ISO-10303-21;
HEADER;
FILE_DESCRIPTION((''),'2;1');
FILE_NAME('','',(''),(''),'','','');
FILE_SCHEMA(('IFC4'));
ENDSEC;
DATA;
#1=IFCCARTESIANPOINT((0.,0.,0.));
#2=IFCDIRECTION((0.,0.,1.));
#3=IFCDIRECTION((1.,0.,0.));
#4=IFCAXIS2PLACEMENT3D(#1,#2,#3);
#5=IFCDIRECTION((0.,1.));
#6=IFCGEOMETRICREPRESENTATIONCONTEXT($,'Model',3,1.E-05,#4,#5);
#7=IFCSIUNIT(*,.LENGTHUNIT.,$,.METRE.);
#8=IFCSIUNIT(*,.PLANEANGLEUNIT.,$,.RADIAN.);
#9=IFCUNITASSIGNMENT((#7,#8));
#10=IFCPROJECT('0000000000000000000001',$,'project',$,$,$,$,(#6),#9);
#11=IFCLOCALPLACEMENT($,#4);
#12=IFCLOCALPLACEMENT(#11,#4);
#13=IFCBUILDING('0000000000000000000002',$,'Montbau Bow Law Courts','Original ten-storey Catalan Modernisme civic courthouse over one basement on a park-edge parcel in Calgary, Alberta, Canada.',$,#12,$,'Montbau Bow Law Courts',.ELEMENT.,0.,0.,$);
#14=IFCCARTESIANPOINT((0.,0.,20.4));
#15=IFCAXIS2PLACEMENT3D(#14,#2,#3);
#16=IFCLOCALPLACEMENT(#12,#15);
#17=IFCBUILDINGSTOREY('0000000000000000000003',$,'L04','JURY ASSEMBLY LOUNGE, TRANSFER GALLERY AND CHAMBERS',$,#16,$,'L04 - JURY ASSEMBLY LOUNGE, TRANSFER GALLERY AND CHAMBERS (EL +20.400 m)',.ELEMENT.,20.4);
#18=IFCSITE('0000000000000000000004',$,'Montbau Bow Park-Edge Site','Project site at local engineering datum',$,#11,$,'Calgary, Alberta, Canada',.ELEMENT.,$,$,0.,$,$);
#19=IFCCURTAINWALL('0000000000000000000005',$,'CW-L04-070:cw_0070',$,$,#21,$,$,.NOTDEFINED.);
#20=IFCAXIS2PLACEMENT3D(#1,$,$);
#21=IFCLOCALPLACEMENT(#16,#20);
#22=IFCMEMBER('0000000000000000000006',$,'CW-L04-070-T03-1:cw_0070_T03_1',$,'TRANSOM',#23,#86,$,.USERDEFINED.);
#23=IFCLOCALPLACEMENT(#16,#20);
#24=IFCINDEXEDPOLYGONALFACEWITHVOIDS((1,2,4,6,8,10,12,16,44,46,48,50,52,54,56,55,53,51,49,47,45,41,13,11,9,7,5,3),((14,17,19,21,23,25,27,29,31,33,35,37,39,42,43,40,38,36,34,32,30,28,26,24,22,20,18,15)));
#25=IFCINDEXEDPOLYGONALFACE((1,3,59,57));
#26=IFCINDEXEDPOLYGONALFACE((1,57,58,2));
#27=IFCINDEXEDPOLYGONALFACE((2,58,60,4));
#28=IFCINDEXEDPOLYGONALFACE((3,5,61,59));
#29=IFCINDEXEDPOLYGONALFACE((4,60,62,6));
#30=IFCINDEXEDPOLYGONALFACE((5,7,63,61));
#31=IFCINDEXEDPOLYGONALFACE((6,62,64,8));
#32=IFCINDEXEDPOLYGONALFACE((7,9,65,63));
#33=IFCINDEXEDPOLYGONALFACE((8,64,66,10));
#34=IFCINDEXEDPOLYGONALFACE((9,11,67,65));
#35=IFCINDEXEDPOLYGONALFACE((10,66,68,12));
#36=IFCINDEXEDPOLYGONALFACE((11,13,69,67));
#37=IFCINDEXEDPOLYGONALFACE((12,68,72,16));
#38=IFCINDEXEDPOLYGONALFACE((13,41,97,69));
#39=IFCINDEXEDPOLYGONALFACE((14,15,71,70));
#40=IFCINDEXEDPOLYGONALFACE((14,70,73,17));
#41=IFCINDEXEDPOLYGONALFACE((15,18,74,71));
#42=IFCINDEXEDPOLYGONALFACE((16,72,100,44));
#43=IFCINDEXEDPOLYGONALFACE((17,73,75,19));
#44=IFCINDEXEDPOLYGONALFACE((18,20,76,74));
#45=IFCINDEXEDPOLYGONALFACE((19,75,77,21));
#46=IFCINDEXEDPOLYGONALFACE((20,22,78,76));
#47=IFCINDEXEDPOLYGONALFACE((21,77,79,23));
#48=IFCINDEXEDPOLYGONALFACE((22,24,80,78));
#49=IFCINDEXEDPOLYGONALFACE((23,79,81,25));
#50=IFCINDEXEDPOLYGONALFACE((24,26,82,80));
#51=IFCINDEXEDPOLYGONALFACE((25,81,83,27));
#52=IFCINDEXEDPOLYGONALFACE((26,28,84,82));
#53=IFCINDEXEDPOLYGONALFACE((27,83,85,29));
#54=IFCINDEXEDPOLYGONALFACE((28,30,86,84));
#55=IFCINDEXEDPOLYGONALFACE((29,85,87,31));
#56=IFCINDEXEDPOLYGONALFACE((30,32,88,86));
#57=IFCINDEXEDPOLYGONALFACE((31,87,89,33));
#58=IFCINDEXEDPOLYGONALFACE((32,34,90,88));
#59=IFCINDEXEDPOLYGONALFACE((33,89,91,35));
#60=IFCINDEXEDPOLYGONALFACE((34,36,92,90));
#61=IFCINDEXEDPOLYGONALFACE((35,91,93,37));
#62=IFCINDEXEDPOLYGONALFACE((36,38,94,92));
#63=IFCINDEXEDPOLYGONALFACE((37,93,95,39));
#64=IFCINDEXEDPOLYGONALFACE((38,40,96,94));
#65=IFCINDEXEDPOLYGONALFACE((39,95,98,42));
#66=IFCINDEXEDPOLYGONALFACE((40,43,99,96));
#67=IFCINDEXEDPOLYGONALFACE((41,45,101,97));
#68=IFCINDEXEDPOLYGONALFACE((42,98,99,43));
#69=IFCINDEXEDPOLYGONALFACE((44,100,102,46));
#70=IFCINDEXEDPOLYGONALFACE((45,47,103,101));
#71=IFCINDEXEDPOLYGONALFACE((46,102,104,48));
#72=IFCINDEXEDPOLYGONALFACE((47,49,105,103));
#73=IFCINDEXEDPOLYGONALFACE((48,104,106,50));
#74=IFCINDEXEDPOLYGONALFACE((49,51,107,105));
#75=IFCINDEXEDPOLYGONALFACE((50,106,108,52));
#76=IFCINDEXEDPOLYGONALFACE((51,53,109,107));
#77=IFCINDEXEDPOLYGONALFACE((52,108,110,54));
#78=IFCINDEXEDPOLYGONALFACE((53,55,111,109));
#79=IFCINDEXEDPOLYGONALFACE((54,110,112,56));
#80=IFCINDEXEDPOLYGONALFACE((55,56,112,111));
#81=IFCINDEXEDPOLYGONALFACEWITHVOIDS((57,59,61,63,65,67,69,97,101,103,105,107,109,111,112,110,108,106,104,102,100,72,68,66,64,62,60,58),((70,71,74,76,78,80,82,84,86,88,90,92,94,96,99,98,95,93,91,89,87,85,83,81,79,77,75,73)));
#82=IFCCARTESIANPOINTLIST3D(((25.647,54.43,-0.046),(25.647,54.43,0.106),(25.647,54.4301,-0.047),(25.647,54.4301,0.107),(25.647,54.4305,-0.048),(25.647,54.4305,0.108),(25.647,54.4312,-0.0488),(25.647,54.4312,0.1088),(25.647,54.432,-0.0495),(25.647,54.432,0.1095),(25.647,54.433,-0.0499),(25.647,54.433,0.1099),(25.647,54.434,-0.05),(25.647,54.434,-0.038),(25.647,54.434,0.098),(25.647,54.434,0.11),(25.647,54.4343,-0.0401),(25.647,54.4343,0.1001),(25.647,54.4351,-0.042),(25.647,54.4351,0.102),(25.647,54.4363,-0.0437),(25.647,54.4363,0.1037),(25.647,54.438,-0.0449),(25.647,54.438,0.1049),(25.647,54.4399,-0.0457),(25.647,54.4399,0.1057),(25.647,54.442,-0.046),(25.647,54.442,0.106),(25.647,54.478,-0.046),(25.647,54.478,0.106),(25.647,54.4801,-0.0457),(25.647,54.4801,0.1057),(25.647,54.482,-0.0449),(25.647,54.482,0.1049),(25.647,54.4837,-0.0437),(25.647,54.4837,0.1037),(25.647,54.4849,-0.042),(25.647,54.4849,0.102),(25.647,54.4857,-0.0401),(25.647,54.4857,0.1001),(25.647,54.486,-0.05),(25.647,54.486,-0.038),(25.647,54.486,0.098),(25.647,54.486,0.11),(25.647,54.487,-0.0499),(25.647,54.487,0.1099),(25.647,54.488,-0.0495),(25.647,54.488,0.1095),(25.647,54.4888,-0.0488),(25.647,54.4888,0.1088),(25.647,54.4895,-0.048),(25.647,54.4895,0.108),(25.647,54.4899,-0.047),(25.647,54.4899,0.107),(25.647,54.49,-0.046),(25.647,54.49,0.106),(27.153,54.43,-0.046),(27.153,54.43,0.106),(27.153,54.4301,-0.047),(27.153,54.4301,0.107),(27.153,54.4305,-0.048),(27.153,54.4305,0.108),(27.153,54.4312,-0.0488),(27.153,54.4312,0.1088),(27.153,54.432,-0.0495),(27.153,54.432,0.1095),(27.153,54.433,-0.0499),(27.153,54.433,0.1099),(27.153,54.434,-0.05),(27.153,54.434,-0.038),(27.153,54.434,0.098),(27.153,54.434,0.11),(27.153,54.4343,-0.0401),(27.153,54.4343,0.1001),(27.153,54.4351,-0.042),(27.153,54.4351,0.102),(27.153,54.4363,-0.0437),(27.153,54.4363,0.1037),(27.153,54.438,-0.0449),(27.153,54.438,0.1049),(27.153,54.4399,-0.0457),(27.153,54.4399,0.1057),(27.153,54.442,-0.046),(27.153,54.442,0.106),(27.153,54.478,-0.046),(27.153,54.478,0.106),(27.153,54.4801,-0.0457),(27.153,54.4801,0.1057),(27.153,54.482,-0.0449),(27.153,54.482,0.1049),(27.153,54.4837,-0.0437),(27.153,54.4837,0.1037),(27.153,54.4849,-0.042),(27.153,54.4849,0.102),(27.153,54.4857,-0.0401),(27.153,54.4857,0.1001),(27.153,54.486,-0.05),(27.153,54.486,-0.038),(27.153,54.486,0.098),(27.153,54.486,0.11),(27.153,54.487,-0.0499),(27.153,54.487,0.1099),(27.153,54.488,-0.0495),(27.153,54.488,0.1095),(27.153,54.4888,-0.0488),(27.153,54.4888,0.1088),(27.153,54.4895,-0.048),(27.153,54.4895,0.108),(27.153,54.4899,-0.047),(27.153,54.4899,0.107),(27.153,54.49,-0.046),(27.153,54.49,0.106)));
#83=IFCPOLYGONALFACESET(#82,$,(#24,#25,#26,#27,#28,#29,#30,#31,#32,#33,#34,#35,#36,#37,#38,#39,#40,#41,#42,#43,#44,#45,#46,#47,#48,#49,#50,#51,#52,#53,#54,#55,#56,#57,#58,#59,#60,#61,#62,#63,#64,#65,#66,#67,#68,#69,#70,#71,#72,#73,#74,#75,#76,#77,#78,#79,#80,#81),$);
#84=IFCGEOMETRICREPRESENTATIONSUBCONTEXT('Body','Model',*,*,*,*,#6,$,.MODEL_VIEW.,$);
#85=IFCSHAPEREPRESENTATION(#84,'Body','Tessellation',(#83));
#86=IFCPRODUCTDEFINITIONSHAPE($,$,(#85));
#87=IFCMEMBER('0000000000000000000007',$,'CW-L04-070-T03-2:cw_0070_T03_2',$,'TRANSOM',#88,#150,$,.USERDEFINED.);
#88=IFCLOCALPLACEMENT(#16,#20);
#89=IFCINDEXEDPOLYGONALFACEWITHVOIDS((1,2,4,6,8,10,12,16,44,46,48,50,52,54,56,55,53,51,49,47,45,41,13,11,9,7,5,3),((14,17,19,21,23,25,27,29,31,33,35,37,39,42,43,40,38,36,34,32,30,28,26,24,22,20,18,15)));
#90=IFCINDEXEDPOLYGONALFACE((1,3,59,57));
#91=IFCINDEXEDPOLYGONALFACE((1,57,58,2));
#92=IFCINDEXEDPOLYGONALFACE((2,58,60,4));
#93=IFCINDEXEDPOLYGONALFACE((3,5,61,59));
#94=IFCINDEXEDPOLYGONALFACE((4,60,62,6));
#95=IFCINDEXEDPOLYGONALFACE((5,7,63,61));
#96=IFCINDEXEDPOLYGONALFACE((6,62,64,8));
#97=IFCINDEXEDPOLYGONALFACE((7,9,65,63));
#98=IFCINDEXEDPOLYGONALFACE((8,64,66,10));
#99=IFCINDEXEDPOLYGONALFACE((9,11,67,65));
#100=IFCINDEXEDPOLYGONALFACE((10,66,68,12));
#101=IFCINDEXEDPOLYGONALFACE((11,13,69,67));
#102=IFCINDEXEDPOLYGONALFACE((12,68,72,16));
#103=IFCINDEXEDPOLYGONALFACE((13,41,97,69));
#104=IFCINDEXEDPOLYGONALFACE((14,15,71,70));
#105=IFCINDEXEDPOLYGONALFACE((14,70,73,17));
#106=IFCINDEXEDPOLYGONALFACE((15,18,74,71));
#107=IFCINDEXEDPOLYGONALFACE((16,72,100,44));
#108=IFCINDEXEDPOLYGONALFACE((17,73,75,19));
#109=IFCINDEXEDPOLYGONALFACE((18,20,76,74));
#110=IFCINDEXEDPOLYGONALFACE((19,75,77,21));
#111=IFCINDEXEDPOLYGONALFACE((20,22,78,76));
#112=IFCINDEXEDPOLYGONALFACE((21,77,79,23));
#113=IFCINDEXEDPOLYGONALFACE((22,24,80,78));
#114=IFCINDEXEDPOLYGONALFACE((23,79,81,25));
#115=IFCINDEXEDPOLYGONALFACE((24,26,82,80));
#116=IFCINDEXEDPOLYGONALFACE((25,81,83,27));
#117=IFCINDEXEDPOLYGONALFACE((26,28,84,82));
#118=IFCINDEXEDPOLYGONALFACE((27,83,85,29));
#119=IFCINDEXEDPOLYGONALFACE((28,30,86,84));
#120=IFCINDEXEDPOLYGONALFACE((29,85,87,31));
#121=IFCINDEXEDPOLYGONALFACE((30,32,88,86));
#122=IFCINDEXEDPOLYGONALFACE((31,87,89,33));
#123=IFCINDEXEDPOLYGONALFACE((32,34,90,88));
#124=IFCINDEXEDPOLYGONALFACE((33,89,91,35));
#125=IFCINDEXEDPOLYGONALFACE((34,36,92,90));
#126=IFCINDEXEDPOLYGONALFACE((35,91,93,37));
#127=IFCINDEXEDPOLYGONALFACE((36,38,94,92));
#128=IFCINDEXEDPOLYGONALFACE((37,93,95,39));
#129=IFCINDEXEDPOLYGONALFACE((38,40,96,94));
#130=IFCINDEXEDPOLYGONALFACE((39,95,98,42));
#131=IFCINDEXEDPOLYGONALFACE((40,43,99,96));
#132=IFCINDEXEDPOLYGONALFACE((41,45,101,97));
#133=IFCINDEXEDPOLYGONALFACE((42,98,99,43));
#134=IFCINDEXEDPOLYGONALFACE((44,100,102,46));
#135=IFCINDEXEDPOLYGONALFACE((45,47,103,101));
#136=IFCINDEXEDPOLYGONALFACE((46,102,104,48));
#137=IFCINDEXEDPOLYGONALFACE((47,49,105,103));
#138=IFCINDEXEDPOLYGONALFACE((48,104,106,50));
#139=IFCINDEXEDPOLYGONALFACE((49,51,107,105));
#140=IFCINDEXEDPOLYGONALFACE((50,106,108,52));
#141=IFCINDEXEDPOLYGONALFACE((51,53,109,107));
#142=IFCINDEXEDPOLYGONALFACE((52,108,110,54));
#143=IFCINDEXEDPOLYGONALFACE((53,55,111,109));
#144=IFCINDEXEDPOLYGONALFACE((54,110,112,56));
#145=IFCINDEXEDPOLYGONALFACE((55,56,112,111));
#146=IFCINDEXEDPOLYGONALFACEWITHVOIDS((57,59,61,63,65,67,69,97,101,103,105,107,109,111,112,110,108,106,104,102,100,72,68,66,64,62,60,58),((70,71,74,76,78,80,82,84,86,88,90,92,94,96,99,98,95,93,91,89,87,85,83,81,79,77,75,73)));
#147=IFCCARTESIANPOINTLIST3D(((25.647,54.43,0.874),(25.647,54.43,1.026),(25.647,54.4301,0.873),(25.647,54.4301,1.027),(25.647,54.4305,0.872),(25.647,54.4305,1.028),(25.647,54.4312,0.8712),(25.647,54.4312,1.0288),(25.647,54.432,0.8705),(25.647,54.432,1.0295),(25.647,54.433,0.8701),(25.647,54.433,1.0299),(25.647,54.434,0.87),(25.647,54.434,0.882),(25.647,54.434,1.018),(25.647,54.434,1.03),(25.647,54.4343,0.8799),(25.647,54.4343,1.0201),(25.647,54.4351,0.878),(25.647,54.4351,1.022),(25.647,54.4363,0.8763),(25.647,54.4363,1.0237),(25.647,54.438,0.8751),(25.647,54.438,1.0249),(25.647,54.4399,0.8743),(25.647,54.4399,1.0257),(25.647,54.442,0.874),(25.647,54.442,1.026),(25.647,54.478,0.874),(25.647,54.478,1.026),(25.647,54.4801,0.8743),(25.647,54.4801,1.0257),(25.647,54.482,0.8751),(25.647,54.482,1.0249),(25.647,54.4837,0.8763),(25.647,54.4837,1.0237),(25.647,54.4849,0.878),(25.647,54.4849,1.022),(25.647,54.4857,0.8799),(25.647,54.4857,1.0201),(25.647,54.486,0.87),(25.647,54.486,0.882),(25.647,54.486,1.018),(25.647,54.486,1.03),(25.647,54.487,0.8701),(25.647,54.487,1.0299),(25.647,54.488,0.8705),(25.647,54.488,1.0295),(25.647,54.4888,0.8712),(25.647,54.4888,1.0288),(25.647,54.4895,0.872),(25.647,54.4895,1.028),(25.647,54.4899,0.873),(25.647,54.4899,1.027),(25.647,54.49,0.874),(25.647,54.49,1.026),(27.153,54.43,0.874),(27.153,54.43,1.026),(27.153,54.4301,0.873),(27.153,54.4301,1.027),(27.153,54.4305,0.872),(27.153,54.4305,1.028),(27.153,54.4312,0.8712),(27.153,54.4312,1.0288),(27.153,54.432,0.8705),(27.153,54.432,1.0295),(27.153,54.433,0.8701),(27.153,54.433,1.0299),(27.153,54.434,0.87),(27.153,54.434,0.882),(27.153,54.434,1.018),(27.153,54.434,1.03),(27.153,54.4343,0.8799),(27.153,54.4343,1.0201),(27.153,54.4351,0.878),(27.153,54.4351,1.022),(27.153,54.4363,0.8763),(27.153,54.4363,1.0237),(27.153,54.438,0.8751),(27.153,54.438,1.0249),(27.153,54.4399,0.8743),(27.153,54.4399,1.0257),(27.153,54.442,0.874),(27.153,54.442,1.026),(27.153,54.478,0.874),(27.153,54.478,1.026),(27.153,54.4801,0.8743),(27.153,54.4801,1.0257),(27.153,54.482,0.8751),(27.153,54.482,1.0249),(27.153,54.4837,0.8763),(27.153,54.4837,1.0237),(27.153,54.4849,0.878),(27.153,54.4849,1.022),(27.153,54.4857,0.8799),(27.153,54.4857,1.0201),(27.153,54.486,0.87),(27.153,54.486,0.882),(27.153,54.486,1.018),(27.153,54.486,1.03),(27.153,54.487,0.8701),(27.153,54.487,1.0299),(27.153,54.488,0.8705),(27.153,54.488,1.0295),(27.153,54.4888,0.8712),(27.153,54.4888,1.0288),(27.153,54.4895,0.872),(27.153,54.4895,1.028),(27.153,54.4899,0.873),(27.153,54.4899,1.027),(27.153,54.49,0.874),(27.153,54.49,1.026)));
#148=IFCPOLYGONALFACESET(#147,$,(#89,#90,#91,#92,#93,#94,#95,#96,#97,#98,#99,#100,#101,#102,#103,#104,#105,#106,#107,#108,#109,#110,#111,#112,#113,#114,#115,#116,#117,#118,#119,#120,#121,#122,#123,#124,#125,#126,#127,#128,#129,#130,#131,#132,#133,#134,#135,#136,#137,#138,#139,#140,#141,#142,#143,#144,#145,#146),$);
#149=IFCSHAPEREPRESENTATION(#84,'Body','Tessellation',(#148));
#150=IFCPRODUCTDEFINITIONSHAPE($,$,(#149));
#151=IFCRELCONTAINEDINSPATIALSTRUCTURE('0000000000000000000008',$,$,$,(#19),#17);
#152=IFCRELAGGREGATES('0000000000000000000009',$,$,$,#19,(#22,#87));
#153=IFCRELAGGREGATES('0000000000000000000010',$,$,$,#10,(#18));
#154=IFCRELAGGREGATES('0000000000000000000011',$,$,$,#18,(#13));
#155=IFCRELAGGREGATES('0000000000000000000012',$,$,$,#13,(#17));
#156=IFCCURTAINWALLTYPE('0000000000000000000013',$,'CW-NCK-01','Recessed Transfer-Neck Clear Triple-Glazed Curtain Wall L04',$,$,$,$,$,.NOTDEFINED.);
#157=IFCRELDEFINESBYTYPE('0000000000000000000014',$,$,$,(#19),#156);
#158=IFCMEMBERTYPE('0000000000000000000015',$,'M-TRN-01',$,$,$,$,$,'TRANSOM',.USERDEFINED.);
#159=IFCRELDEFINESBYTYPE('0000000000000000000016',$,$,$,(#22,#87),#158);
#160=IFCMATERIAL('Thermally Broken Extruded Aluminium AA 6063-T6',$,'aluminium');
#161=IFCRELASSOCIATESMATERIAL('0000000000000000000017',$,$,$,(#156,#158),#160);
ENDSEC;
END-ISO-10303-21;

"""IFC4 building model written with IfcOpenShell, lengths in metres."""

from ifc_helpers import new_model, si_unit, direction, frame, origin_with_axes, origin_2d_with_axis, place, context, subcontext, project, spatial, hollow_rectangle, extrude, material, material_profile, profile_set, type_object, element, aggregate, save


model = new_model("IFC4")

# Units and contexts
model_context = context("Model", 3, precision=1e-05, world=origin_with_axes(), true_north=direction((0.0, 1.0)))
body_context = subcontext(model_context, "Body", "Model", "MODEL_VIEW")
ifc_project = project(units=[si_unit("LENGTHUNIT", "METRE"), si_unit("PLANEANGLEUNIT", "RADIAN")], contexts=[model_context])

# Site, building, storey
site_placement = place(None, origin_with_axes())
site = spatial("IfcSite", under=ifc_project, at=site_placement, Name="Montbau Bow Park-Edge Site", Description="Project site at local engineering datum", LongName="Calgary, Alberta, Canada", CompositionType="ELEMENT", RefElevation=0.0)
building_placement = place(site_placement, origin_with_axes())
building = spatial("IfcBuilding", under=site, at=building_placement, Name="Montbau Bow Law Courts", Description="Original ten-storey Catalan Modernisme civic courthouse over one basement on a park-edge parcel in Calgary, Alberta, Canada.", LongName="Montbau Bow Law Courts", CompositionType="ELEMENT", ElevationOfRefHeight=0.0, ElevationOfTerrain=0.0)
storey_placement = place(building_placement, frame((0.0, 0.0, 20.4), z_axis=(0.0, 0.0, 1.0), x_axis=(1.0, 0.0, 0.0)))
storey = spatial("IfcBuildingStorey", under=building, at=storey_placement, Name="L04", Description="JURY ASSEMBLY LOUNGE, TRANSFER GALLERY AND CHAMBERS", LongName="L04 - JURY ASSEMBLY LOUNGE, TRANSFER GALLERY AND CHAMBERS (EL +20.400 m)", CompositionType="ELEMENT", Elevation=20.4)

# Curtain wall, members
ifc_material_1 = material(Name="Thermally Broken Extruded Aluminium AA 6063-T6", Category="aluminium")
curtain_wall_type = type_object("IfcCurtainWallType", Name="CW-NCK-01", Description="Recessed Transfer-Neck Clear Triple-Glazed Curtain Wall L04", PredefinedType="NOTDEFINED", material=ifc_material_1)
curtain_wall_placement = place(None, frame((22.467, 54.46, 20.4), z_axis=(0.0, 0.0, 1.0), x_axis=(1.0, 0.0, 0.0)))
curtain_wall = element("IfcCurtainWall", 1, at=curtain_wall_placement, inside=storey, type_object=curtain_wall_type, Name="CW-L04-070:cw_0070", PredefinedType="NOTDEFINED")
ifc_material_profile_1 = material_profile(ifc_material_1, hollow_rectangle(XDim=0.06, YDim=0.16, WallThickness=0.004, InnerFilletRadius=0.008, OuterFilletRadius=0.004, at=origin_2d_with_axis()), Name="CWT-160X60", Category="Main", Priority=0)
ifc_profile_set_1 = profile_set([ifc_material_profile_1], Name="Thermally Broken Extruded Aluminium AA 6063-T6")
member_type_1 = type_object("IfcMemberType", Name="M-TRN-01", ElementType="TRANSOM", PredefinedType="USERDEFINED", material=ifc_profile_set_1)
member_1_placement = place(None, frame((25.647, 54.46, 20.43), z_axis=(1.0, 0.0, 0.0), x_axis=(0.0, 1.0, 0.0)))
member_1 = element("IfcMember", 2, at=member_1_placement, type_object=member_type_1, Name="CW-L04-070-T03-1:cw_0070_T03_1", ObjectType="TRANSOM", PredefinedType="USERDEFINED", context=body_context, shape_type="SweptSolid", body=[
    extrude(hollow_rectangle(XDim=0.06, YDim=0.16, WallThickness=0.004, InnerFilletRadius=0.008, OuterFilletRadius=0.004, at=origin_2d_with_axis()), origin_with_axes(), (0.0, 0.0, 1.0), 1.506),
])
member_2_placement = place(None, frame((25.647, 54.46, 21.35), z_axis=(1.0, 0.0, 0.0), x_axis=(0.0, 1.0, 0.0)))
member_2 = element("IfcMember", 3, at=member_2_placement, type_object=member_type_1, Name="CW-L04-070-T03-2:cw_0070_T03_2", ObjectType="TRANSOM", PredefinedType="USERDEFINED", context=body_context, shape_type="SweptSolid", body=[
    extrude(hollow_rectangle(XDim=0.06, YDim=0.16, WallThickness=0.004, InnerFilletRadius=0.008, OuterFilletRadius=0.004, at=origin_2d_with_axis()), origin_with_axes(), (0.0, 0.0, 1.0), 1.506),
])
aggregate(curtain_wall, [member_1, member_2])

save(model, "model.ifc")
